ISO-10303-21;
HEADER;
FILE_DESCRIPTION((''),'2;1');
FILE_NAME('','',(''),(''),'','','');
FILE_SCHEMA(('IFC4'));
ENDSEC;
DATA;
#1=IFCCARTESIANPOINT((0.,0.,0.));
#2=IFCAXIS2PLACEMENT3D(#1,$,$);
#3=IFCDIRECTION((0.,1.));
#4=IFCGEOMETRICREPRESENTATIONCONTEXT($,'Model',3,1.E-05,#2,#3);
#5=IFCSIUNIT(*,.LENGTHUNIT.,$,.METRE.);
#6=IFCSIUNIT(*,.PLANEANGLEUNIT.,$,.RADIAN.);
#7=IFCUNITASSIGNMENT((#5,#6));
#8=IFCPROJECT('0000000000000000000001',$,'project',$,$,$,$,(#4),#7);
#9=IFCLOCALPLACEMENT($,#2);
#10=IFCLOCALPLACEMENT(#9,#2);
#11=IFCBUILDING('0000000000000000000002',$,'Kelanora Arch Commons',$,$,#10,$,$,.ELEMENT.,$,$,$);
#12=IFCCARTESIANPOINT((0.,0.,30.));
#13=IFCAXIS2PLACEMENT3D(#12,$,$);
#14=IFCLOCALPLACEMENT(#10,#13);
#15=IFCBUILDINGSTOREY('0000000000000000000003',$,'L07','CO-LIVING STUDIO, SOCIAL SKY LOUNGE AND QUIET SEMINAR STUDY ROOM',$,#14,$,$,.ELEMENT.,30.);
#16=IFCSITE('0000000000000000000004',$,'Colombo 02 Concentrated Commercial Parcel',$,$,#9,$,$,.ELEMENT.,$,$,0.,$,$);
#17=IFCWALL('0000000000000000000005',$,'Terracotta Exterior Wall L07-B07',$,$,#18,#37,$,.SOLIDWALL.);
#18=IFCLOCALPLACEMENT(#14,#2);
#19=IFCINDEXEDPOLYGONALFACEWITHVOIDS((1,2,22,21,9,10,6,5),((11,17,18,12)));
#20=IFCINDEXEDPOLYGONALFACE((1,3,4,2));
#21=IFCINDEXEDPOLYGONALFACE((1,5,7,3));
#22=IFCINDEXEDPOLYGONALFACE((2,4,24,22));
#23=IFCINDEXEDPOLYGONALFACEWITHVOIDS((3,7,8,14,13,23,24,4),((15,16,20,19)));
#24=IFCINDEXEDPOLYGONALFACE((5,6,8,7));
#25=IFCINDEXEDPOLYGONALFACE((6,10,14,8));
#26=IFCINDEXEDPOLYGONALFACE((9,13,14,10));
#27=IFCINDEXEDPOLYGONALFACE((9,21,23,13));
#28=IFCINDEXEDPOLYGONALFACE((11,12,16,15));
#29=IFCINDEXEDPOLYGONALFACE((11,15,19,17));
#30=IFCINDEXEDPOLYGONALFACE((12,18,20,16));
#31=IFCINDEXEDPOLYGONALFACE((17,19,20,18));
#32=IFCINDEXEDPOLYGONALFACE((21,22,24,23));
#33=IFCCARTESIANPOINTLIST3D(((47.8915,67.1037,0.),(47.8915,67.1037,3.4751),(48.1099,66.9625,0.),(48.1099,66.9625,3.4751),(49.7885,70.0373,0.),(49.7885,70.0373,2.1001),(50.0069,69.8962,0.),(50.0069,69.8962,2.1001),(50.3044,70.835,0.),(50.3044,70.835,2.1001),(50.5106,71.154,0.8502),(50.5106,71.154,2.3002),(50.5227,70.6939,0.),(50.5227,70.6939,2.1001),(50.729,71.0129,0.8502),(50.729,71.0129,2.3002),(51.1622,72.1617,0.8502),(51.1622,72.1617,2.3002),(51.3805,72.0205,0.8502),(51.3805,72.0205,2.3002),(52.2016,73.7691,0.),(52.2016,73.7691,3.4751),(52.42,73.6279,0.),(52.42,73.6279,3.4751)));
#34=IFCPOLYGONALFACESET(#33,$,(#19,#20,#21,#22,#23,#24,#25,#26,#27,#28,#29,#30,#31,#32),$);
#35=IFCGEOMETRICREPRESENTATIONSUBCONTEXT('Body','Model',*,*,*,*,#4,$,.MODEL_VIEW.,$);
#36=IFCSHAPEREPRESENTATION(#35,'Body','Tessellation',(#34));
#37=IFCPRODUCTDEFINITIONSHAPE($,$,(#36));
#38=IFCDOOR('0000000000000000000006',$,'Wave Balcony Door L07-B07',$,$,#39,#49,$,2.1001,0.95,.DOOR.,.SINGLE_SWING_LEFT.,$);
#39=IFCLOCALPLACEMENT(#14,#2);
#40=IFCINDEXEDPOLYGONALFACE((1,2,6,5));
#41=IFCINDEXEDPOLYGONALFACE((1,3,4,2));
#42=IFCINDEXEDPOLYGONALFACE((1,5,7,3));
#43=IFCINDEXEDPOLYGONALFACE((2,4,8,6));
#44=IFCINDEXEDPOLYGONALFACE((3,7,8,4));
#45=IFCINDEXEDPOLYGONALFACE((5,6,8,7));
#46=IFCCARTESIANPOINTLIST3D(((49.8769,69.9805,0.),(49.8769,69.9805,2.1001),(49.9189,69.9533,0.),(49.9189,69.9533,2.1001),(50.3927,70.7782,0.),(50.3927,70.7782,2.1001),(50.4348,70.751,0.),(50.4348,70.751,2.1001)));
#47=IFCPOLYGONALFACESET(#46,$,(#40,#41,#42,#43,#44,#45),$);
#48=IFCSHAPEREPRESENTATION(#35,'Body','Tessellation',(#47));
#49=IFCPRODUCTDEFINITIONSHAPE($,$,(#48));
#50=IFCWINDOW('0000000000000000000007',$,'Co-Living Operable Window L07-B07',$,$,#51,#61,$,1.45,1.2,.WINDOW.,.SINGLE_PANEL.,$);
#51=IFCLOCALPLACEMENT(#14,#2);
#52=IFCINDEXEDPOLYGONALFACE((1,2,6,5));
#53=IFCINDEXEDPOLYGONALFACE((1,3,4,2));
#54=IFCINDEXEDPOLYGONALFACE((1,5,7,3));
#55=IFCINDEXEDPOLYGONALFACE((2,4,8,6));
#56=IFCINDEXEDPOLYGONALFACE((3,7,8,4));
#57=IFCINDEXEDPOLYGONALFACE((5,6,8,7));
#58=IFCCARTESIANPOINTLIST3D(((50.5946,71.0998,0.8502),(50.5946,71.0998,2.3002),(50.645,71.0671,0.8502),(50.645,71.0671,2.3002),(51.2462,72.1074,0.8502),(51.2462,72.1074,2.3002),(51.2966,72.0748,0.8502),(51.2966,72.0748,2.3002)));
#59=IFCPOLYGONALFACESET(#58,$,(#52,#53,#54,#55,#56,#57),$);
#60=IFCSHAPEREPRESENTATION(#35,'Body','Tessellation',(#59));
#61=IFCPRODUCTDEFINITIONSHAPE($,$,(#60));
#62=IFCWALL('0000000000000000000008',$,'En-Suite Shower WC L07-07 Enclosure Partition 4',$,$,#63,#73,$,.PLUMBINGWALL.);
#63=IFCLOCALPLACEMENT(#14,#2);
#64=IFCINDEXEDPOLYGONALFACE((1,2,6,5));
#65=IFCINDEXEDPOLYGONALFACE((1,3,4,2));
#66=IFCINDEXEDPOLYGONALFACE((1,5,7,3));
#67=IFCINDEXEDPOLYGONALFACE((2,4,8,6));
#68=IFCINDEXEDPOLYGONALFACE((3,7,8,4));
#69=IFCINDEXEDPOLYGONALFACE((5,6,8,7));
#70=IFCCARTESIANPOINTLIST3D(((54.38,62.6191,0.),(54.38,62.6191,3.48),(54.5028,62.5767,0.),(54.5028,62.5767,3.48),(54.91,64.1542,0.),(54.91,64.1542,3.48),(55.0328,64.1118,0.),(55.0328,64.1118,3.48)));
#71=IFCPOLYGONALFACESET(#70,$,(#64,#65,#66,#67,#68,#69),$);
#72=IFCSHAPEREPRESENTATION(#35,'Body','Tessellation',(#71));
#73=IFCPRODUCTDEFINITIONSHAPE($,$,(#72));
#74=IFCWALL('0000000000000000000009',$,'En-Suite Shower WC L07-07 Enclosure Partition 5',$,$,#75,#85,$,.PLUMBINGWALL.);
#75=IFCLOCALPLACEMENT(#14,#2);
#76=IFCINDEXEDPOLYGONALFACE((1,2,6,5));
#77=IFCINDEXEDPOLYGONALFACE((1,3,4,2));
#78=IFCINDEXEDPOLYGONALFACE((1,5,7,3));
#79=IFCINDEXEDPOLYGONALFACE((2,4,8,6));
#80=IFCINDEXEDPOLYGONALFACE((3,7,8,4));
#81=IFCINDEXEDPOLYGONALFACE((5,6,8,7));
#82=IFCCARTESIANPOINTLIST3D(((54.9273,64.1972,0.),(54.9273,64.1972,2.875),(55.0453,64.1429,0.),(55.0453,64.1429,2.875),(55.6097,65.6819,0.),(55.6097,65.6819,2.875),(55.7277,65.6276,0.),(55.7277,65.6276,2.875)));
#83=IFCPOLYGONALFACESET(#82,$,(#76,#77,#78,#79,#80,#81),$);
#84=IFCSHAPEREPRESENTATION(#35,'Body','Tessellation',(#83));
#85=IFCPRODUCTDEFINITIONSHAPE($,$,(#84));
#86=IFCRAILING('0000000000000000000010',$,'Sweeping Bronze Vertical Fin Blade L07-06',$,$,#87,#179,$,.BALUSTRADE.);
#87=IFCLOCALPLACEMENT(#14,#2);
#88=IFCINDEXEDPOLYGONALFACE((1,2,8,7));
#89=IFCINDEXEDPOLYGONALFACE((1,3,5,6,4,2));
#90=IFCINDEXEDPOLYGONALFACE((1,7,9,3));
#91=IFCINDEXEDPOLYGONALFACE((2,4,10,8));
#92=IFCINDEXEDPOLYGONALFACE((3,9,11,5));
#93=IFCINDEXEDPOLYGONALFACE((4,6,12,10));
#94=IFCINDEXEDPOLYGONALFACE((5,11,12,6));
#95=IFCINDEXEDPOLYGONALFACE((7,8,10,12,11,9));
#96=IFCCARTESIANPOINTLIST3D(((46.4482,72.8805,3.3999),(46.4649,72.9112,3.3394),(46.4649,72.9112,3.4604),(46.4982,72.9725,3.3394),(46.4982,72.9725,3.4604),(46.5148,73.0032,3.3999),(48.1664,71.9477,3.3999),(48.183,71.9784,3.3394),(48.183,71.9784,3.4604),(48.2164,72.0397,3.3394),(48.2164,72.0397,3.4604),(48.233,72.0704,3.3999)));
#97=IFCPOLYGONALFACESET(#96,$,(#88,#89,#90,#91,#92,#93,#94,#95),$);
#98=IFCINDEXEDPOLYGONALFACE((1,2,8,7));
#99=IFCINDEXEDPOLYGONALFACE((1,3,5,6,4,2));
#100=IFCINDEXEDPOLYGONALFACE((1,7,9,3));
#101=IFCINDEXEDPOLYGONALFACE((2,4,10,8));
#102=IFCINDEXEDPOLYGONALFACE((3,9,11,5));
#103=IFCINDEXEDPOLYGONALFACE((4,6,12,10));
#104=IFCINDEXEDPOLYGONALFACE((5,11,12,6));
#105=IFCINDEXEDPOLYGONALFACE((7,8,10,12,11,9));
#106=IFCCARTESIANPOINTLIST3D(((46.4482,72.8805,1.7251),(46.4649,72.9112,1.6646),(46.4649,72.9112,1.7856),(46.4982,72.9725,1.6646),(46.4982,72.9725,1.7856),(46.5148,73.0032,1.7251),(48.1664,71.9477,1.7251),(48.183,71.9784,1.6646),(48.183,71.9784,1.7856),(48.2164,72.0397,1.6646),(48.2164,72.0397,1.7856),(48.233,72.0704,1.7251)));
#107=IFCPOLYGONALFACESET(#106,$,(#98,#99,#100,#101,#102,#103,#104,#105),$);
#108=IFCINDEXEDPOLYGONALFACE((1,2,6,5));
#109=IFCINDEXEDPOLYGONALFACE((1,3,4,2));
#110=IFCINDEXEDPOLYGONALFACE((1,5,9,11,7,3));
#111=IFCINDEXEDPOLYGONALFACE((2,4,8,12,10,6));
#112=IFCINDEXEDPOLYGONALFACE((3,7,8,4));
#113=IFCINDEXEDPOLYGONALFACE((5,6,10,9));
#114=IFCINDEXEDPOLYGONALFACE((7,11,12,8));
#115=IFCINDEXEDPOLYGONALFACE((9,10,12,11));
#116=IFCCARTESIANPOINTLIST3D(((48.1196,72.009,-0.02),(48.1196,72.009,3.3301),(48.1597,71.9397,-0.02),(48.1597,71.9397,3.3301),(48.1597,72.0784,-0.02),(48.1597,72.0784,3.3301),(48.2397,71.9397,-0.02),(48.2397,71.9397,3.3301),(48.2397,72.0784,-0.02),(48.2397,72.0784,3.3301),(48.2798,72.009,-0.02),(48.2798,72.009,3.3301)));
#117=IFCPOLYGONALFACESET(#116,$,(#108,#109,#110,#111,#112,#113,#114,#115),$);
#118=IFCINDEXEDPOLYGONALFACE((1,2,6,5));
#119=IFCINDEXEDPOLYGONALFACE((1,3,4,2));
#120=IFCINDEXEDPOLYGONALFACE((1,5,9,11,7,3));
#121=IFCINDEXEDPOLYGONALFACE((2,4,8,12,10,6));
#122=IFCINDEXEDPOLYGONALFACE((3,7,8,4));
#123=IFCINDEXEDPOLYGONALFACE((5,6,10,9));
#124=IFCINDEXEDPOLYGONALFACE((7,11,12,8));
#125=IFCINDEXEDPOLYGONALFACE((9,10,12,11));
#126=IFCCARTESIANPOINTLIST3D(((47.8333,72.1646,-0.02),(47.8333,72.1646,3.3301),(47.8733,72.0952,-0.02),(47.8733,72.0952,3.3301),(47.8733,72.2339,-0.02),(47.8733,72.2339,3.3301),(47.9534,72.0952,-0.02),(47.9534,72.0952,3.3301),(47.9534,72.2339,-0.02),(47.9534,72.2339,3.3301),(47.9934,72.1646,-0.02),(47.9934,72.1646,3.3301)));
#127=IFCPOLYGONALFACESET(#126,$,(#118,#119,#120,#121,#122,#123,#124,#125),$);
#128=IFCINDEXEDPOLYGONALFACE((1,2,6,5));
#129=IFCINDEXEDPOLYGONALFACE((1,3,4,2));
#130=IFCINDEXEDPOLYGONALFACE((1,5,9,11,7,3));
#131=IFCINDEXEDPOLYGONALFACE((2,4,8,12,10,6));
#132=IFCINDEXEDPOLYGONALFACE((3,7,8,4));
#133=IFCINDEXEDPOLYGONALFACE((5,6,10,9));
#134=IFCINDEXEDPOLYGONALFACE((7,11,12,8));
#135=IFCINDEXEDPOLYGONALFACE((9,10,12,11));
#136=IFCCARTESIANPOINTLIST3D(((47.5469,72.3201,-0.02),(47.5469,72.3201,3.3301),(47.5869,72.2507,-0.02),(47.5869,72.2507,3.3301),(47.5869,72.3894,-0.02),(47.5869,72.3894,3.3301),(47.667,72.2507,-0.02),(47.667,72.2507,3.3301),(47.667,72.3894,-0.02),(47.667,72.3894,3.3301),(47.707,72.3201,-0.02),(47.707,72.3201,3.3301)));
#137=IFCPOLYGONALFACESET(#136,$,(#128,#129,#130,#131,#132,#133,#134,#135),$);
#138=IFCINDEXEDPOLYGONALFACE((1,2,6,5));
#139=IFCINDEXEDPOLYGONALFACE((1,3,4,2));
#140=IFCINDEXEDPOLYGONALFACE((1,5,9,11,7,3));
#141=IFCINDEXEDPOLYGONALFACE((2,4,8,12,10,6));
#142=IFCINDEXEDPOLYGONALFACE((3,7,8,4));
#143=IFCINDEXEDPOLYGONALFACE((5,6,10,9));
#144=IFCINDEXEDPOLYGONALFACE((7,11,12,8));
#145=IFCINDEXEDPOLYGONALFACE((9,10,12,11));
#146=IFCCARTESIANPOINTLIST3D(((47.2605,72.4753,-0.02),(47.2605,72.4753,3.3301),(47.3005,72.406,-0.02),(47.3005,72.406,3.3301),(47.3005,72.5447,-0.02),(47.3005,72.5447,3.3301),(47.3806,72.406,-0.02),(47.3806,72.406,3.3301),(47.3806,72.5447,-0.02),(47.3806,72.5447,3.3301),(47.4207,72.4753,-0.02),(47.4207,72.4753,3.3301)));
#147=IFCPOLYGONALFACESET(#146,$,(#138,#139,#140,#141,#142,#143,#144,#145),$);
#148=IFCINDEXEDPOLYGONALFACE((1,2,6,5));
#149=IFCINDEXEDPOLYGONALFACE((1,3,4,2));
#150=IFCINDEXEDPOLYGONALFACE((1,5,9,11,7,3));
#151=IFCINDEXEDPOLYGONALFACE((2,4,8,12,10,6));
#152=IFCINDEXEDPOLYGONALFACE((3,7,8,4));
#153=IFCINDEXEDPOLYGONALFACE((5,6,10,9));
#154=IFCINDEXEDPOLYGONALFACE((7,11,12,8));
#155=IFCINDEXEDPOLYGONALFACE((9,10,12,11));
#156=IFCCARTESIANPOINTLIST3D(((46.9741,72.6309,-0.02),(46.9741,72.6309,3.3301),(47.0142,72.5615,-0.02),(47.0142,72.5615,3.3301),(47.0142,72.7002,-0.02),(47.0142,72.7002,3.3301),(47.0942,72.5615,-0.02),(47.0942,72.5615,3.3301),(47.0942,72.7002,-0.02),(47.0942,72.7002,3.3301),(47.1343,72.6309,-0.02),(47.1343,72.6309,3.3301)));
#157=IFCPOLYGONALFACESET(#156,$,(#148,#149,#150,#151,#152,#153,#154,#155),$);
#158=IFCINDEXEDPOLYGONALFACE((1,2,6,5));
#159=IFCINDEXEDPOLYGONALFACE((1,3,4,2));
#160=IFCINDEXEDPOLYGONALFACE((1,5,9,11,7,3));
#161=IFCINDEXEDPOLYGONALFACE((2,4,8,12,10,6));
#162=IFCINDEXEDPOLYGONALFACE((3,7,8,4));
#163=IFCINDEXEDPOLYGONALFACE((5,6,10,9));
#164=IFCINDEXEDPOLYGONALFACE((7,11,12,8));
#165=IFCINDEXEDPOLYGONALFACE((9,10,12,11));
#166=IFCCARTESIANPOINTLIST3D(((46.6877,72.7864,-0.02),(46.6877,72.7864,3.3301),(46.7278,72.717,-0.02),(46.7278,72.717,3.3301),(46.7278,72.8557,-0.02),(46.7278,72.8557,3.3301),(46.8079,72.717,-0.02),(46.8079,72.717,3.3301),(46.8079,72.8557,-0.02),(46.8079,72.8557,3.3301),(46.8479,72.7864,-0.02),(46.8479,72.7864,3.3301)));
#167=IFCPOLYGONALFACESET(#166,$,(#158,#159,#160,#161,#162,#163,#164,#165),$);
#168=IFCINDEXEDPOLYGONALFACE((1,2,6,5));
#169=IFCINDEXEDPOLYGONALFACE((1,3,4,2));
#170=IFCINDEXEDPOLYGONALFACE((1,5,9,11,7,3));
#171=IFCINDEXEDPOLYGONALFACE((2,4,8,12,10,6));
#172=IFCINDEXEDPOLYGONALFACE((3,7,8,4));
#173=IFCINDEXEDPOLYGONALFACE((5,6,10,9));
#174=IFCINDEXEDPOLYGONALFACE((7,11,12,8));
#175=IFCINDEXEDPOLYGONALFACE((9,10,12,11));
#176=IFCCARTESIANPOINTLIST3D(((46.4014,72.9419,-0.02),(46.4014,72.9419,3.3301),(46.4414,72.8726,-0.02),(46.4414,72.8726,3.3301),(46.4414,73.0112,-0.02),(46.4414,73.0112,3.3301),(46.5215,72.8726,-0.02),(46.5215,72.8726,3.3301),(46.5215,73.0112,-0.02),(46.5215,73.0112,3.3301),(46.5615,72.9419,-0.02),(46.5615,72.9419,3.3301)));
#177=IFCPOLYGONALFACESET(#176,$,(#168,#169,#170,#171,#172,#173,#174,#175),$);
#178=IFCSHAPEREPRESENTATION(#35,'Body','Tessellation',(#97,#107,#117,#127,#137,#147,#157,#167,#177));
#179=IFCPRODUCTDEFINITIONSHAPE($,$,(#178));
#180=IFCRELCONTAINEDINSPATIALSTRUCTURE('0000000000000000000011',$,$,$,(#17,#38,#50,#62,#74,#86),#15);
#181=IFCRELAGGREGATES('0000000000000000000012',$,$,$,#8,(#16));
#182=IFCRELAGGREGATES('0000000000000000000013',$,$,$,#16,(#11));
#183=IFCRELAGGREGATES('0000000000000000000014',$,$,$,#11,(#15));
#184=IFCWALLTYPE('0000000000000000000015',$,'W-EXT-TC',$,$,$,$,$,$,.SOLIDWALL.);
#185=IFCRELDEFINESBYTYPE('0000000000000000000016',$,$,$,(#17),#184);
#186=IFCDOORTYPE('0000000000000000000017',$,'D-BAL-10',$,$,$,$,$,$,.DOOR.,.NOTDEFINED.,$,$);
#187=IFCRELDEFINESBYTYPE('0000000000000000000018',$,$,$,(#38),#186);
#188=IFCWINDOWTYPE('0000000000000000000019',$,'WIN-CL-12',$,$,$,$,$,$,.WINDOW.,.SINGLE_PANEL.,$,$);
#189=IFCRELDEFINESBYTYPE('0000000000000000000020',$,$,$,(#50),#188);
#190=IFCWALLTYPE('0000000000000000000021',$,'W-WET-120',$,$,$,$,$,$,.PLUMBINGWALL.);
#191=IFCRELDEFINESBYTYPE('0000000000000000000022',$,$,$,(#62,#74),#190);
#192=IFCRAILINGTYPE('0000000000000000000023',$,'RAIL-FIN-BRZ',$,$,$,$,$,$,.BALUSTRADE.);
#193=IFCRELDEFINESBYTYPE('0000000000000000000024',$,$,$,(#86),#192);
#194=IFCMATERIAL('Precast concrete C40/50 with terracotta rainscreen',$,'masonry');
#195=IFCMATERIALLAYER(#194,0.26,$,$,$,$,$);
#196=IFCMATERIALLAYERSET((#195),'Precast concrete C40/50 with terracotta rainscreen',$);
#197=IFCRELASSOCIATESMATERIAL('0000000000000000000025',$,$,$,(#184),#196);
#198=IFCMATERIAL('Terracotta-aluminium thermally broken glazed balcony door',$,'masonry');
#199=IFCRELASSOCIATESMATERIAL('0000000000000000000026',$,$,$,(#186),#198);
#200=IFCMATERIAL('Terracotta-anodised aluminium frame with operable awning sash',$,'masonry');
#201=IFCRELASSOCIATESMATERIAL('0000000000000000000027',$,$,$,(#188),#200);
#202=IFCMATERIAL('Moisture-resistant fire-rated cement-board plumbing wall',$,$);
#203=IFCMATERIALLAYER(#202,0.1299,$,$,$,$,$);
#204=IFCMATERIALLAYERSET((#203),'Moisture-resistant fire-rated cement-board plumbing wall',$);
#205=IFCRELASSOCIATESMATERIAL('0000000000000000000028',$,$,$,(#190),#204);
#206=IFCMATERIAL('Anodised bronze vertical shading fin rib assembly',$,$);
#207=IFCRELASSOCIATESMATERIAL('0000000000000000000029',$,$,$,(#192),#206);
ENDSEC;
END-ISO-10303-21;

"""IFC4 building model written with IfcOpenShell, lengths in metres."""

from ifc_helpers import new_model, si_unit, direction, frame, frame_2d, origin, place, context, subcontext, project, spatial, polyline, rectangle, outline, extrude, material, layer, layer_set, type_object, element, fill, save


model = new_model("IFC4")

# Units and contexts
model_context = context("Model", 3, precision=1e-05, world=origin(), true_north=direction((0.0, 1.0)))
body_context = subcontext(model_context, "Body", "Model", "MODEL_VIEW")
ifc_project = project(units=[si_unit("LENGTHUNIT", "METRE"), si_unit("PLANEANGLEUNIT", "RADIAN")], contexts=[model_context])

# Site, building, storey
site_placement = place(None, origin())
site = spatial("IfcSite", under=ifc_project, at=site_placement, Name="Colombo 02 Concentrated Commercial Parcel", CompositionType="ELEMENT", RefElevation=0.0)
building_placement = place(site_placement, origin())
building = spatial("IfcBuilding", under=site, at=building_placement, Name="Kelanora Arch Commons", CompositionType="ELEMENT")
storey_placement = place(building_placement, frame((0.0, 0.0, 30.0)))
storey = spatial("IfcBuildingStorey", under=building, at=storey_placement, Name="L07", Description="CO-LIVING STUDIO, SOCIAL SKY LOUNGE AND QUIET SEMINAR STUDY ROOM", CompositionType="ELEMENT", Elevation=30.0)

# Wall, openings, door, window
ifc_material_1 = material(Name="Precast concrete C40/50 with terracotta rainscreen", Category="masonry")
ifc_layer_1 = layer(ifc_material_1, 0.26)
ifc_layer_set_1 = layer_set([ifc_layer_1], Name="Precast concrete C40/50 with terracotta rainscreen")
wall_type_1 = type_object("IfcWallType", Name="W-EXT-TC", PredefinedType="SOLIDWALL", material=ifc_layer_set_1)
wall_1_placement = place(storey_placement, frame((52.3108, 73.6985, 0.0), z_axis=(0.0, 0.0, 1.0), x_axis=(-0.543005, -0.839729, 0.0)))
wall_1 = element("IfcWall", 1, at=wall_1_placement, inside=storey, type_object=wall_type_1, Name="Terracotta Exterior Wall L07-B07", PredefinedType="SOLIDWALL", context=body_context, shape_type="SweptSolid", body=[
    extrude(rectangle(XDim=7.9375, YDim=0.26, at=frame_2d((3.9688, 0.0))), origin(), (0.0, 0.0, 1.0), 3.4751),
])
opening_1_placement = place(wall_1_placement, frame((3.4939, 0.0, 0.0)))
opening_1 = element("IfcOpeningElement", 2, at=opening_1_placement, cuts=wall_1, PredefinedType="OPENING", context=body_context, shape_type="SweptSolid", body=[
    extrude(rectangle(XDim=0.95, YDim=2.1001, at=frame_2d((0.4751, 1.05))), frame((0.0, 0.1401, 0.0), z_axis=(0.0, -1.0, 0.0), x_axis=(1.0, 0.0, 0.0)), (0.0, 0.0, 1.0), 0.28),
])
opening_2_placement = place(wall_1_placement, frame((1.9141, 0.0, 0.8501)))
opening_2 = element("IfcOpeningElement", 3, at=opening_2_placement, cuts=wall_1, PredefinedType="OPENING", context=body_context, shape_type="SweptSolid", body=[
    extrude(rectangle(XDim=1.2, YDim=1.45, at=frame_2d((0.6001, 0.7251))), frame((0.0, 0.1401, 0.0), z_axis=(0.0, -1.0, 0.0), x_axis=(1.0, 0.0, 0.0)), (0.0, 0.0, 1.0), 0.28),
])
ifc_material_2 = material(Name="Terracotta-aluminium thermally broken glazed balcony door", Category="masonry")
door_type = type_object("IfcDoorType", Name="D-BAL-10", OperationType="NOTDEFINED", PredefinedType="DOOR", material=ifc_material_2)
door_placement = place(opening_1_placement, frame((0.95, 0.0, 0.0), z_axis=(0.0, 0.0, 1.0), x_axis=(-1.0, 0.0, 0.0)))
door = element("IfcDoor", 4, at=door_placement, inside=storey, type_object=door_type, Name="Wave Balcony Door L07-B07", OperationType="SINGLE_SWING_LEFT", OverallHeight=2.1001, OverallWidth=0.95, PredefinedType="DOOR", context=body_context, shape_type="SweptSolid", body=[
    extrude(rectangle(XDim=0.95, YDim=2.1001, at=frame_2d((0.4751, 1.05))), frame((0.0, 0.0249, 0.0), z_axis=(0.0, -1.0, 0.0), x_axis=(1.0, 0.0, 0.0)), (0.0, 0.0, 1.0), 0.05),
])
fill(opening_1, door)
ifc_material_3 = material(Name="Terracotta-anodised aluminium frame with operable awning sash", Category="masonry")
window_type = type_object("IfcWindowType", Name="WIN-CL-12", PartitioningType="SINGLE_PANEL", PredefinedType="WINDOW", material=ifc_material_3)
window_placement = place(opening_2_placement, origin())
window = element("IfcWindow", 5, at=window_placement, inside=storey, type_object=window_type, Name="Co-Living Operable Window L07-B07", OverallHeight=1.45, OverallWidth=1.2, PartitioningType="SINGLE_PANEL", PredefinedType="WINDOW", context=body_context, shape_type="SweptSolid", body=[
    extrude(rectangle(XDim=1.2, YDim=1.45, at=frame_2d((0.6001, 0.7251))), frame((0.0, 0.03, 0.0), z_axis=(0.0, -1.0, 0.0), x_axis=(1.0, 0.0, 0.0)), (0.0, 0.0, 1.0), 0.0601),
])
fill(opening_2, window)

# Walls
ifc_material_4 = material(Name="Moisture-resistant fire-rated cement-board plumbing wall")
ifc_layer_2 = layer(ifc_material_4, 0.1299)
ifc_layer_set_2 = layer_set([ifc_layer_2], Name="Moisture-resistant fire-rated cement-board plumbing wall")
wall_type_2 = type_object("IfcWallType", Name="W-WET-120", PredefinedType="PLUMBINGWALL", material=ifc_layer_set_2)
wall_2_placement = place(storey_placement, frame((54.4414, 62.5979, 0.0), z_axis=(0.0, 0.0, 1.0), x_axis=(0.326357, 0.945247, 0.0)))
element("IfcWall", 6, at=wall_2_placement, inside=storey, type_object=wall_type_2, Name="En-Suite Shower WC L07-07 Enclosure Partition 4", PredefinedType="PLUMBINGWALL", context=body_context, shape_type="SweptSolid", body=[
    extrude(rectangle(XDim=1.624, YDim=0.1299, at=frame_2d((0.812, 0.0))), origin(), (0.0, 0.0, 1.0), 3.48),
])
wall_3_placement = place(storey_placement, frame((54.9863, 64.1702, 0.0), z_axis=(0.0, 0.0, 1.0), x_axis=(0.417627, 0.908619, 0.0)))
element("IfcWall", 7, at=wall_3_placement, inside=storey, type_object=wall_type_2, Name="En-Suite Shower WC L07-07 Enclosure Partition 5", PredefinedType="PLUMBINGWALL", context=body_context, shape_type="SweptSolid", body=[
    extrude(rectangle(XDim=1.634, YDim=0.1299, at=frame_2d((0.8169, 0.0))), origin(), (0.0, 0.0, 1.0), 2.875),
])

# Railing
ifc_material_5 = material(Name="Anodised bronze vertical shading fin rib assembly")
railing_type = type_object("IfcRailingType", Name="RAIL-FIN-BRZ", PredefinedType="BALUSTRADE", material=ifc_material_5)
railing_1_placement = place(storey_placement, frame((48.1997, 72.009, -0.02)))
element("IfcRailing", 8, at=railing_1_placement, inside=storey, type_object=railing_type, Name="Sweeping Bronze Vertical Fin Blade L07-06", PredefinedType="BALUSTRADE", context=body_context, shape_type="SweptSolid", body=[
    extrude(outline(polyline([(0.0698, 0.0), (0.0349, 0.0605), (-0.0349, 0.0605), (-0.0698, 0.0), (-0.0349, -0.0605), (0.0349, -0.0605), (0.0698, 0.0)])), frame((0.0, 0.0, 3.4199), z_axis=(-0.878834, 0.477128, 0.0), x_axis=(-0.477128, -0.878834, 0.0)), (0.0, 0.0, 1.0), 1.9551),
    extrude(outline(polyline([(0.0698, 0.0), (0.0349, 0.0605), (-0.0349, 0.0605), (-0.0698, 0.0), (-0.0349, -0.0605), (0.0349, -0.0605), (0.0698, 0.0)])), frame((0.0, 0.0, 1.7451), z_axis=(-0.878834, 0.477128, 0.0), x_axis=(-0.477128, -0.878834, 0.0)), (0.0, 0.0, 1.0), 1.9551),
    extrude(outline(polyline([(0.0801, 0.0), (0.04, 0.0693), (-0.04, 0.0693), (-0.0801, 0.0), (-0.04, -0.0693), (0.04, -0.0693), (0.0801, 0.0)])), origin(), (0.0, 0.0, 1.0), 3.3501),
    extrude(outline(polyline([(0.0801, 0.0), (0.04, 0.0693), (-0.04, 0.0693), (-0.0801, 0.0), (-0.04, -0.0693), (0.04, -0.0693), (0.0801, 0.0)])), frame((-0.2864, 0.1555, 0.0)), (0.0, 0.0, 1.0), 3.3501),
    extrude(outline(polyline([(0.0801, 0.0), (0.04, 0.0693), (-0.04, 0.0693), (-0.0801, 0.0), (-0.04, -0.0693), (0.04, -0.0693), (0.0801, 0.0)])), frame((-0.5728, 0.311, 0.0)), (0.0, 0.0, 1.0), 3.3501),
    extrude(outline(polyline([(0.0801, 0.0), (0.04, 0.0693), (-0.04, 0.0693), (-0.0801, 0.0), (-0.04, -0.0693), (0.04, -0.0693), (0.0801, 0.0)])), frame((-0.8591, 0.4663, 0.0)), (0.0, 0.0, 1.0), 3.3501),
    extrude(outline(polyline([(0.0801, 0.0), (0.04, 0.0693), (-0.04, 0.0693), (-0.0801, 0.0), (-0.04, -0.0693), (0.04, -0.0693), (0.0801, 0.0)])), frame((-1.1455, 0.6218, 0.0)), (0.0, 0.0, 1.0), 3.3501),
    extrude(outline(polyline([(0.0801, 0.0), (0.04, 0.0693), (-0.04, 0.0693), (-0.0801, 0.0), (-0.04, -0.0693), (0.04, -0.0693), (0.0801, 0.0)])), frame((-1.4319, 0.7773, 0.0)), (0.0, 0.0, 1.0), 3.3501),
    extrude(outline(polyline([(0.0801, 0.0), (0.04, 0.0693), (-0.04, 0.0693), (-0.0801, 0.0), (-0.04, -0.0693), (0.04, -0.0693), (0.0801, 0.0)])), frame((-1.7183, 0.9329, 0.0)), (0.0, 0.0, 1.0), 3.3501),
])

save(model, "model.ifc")
